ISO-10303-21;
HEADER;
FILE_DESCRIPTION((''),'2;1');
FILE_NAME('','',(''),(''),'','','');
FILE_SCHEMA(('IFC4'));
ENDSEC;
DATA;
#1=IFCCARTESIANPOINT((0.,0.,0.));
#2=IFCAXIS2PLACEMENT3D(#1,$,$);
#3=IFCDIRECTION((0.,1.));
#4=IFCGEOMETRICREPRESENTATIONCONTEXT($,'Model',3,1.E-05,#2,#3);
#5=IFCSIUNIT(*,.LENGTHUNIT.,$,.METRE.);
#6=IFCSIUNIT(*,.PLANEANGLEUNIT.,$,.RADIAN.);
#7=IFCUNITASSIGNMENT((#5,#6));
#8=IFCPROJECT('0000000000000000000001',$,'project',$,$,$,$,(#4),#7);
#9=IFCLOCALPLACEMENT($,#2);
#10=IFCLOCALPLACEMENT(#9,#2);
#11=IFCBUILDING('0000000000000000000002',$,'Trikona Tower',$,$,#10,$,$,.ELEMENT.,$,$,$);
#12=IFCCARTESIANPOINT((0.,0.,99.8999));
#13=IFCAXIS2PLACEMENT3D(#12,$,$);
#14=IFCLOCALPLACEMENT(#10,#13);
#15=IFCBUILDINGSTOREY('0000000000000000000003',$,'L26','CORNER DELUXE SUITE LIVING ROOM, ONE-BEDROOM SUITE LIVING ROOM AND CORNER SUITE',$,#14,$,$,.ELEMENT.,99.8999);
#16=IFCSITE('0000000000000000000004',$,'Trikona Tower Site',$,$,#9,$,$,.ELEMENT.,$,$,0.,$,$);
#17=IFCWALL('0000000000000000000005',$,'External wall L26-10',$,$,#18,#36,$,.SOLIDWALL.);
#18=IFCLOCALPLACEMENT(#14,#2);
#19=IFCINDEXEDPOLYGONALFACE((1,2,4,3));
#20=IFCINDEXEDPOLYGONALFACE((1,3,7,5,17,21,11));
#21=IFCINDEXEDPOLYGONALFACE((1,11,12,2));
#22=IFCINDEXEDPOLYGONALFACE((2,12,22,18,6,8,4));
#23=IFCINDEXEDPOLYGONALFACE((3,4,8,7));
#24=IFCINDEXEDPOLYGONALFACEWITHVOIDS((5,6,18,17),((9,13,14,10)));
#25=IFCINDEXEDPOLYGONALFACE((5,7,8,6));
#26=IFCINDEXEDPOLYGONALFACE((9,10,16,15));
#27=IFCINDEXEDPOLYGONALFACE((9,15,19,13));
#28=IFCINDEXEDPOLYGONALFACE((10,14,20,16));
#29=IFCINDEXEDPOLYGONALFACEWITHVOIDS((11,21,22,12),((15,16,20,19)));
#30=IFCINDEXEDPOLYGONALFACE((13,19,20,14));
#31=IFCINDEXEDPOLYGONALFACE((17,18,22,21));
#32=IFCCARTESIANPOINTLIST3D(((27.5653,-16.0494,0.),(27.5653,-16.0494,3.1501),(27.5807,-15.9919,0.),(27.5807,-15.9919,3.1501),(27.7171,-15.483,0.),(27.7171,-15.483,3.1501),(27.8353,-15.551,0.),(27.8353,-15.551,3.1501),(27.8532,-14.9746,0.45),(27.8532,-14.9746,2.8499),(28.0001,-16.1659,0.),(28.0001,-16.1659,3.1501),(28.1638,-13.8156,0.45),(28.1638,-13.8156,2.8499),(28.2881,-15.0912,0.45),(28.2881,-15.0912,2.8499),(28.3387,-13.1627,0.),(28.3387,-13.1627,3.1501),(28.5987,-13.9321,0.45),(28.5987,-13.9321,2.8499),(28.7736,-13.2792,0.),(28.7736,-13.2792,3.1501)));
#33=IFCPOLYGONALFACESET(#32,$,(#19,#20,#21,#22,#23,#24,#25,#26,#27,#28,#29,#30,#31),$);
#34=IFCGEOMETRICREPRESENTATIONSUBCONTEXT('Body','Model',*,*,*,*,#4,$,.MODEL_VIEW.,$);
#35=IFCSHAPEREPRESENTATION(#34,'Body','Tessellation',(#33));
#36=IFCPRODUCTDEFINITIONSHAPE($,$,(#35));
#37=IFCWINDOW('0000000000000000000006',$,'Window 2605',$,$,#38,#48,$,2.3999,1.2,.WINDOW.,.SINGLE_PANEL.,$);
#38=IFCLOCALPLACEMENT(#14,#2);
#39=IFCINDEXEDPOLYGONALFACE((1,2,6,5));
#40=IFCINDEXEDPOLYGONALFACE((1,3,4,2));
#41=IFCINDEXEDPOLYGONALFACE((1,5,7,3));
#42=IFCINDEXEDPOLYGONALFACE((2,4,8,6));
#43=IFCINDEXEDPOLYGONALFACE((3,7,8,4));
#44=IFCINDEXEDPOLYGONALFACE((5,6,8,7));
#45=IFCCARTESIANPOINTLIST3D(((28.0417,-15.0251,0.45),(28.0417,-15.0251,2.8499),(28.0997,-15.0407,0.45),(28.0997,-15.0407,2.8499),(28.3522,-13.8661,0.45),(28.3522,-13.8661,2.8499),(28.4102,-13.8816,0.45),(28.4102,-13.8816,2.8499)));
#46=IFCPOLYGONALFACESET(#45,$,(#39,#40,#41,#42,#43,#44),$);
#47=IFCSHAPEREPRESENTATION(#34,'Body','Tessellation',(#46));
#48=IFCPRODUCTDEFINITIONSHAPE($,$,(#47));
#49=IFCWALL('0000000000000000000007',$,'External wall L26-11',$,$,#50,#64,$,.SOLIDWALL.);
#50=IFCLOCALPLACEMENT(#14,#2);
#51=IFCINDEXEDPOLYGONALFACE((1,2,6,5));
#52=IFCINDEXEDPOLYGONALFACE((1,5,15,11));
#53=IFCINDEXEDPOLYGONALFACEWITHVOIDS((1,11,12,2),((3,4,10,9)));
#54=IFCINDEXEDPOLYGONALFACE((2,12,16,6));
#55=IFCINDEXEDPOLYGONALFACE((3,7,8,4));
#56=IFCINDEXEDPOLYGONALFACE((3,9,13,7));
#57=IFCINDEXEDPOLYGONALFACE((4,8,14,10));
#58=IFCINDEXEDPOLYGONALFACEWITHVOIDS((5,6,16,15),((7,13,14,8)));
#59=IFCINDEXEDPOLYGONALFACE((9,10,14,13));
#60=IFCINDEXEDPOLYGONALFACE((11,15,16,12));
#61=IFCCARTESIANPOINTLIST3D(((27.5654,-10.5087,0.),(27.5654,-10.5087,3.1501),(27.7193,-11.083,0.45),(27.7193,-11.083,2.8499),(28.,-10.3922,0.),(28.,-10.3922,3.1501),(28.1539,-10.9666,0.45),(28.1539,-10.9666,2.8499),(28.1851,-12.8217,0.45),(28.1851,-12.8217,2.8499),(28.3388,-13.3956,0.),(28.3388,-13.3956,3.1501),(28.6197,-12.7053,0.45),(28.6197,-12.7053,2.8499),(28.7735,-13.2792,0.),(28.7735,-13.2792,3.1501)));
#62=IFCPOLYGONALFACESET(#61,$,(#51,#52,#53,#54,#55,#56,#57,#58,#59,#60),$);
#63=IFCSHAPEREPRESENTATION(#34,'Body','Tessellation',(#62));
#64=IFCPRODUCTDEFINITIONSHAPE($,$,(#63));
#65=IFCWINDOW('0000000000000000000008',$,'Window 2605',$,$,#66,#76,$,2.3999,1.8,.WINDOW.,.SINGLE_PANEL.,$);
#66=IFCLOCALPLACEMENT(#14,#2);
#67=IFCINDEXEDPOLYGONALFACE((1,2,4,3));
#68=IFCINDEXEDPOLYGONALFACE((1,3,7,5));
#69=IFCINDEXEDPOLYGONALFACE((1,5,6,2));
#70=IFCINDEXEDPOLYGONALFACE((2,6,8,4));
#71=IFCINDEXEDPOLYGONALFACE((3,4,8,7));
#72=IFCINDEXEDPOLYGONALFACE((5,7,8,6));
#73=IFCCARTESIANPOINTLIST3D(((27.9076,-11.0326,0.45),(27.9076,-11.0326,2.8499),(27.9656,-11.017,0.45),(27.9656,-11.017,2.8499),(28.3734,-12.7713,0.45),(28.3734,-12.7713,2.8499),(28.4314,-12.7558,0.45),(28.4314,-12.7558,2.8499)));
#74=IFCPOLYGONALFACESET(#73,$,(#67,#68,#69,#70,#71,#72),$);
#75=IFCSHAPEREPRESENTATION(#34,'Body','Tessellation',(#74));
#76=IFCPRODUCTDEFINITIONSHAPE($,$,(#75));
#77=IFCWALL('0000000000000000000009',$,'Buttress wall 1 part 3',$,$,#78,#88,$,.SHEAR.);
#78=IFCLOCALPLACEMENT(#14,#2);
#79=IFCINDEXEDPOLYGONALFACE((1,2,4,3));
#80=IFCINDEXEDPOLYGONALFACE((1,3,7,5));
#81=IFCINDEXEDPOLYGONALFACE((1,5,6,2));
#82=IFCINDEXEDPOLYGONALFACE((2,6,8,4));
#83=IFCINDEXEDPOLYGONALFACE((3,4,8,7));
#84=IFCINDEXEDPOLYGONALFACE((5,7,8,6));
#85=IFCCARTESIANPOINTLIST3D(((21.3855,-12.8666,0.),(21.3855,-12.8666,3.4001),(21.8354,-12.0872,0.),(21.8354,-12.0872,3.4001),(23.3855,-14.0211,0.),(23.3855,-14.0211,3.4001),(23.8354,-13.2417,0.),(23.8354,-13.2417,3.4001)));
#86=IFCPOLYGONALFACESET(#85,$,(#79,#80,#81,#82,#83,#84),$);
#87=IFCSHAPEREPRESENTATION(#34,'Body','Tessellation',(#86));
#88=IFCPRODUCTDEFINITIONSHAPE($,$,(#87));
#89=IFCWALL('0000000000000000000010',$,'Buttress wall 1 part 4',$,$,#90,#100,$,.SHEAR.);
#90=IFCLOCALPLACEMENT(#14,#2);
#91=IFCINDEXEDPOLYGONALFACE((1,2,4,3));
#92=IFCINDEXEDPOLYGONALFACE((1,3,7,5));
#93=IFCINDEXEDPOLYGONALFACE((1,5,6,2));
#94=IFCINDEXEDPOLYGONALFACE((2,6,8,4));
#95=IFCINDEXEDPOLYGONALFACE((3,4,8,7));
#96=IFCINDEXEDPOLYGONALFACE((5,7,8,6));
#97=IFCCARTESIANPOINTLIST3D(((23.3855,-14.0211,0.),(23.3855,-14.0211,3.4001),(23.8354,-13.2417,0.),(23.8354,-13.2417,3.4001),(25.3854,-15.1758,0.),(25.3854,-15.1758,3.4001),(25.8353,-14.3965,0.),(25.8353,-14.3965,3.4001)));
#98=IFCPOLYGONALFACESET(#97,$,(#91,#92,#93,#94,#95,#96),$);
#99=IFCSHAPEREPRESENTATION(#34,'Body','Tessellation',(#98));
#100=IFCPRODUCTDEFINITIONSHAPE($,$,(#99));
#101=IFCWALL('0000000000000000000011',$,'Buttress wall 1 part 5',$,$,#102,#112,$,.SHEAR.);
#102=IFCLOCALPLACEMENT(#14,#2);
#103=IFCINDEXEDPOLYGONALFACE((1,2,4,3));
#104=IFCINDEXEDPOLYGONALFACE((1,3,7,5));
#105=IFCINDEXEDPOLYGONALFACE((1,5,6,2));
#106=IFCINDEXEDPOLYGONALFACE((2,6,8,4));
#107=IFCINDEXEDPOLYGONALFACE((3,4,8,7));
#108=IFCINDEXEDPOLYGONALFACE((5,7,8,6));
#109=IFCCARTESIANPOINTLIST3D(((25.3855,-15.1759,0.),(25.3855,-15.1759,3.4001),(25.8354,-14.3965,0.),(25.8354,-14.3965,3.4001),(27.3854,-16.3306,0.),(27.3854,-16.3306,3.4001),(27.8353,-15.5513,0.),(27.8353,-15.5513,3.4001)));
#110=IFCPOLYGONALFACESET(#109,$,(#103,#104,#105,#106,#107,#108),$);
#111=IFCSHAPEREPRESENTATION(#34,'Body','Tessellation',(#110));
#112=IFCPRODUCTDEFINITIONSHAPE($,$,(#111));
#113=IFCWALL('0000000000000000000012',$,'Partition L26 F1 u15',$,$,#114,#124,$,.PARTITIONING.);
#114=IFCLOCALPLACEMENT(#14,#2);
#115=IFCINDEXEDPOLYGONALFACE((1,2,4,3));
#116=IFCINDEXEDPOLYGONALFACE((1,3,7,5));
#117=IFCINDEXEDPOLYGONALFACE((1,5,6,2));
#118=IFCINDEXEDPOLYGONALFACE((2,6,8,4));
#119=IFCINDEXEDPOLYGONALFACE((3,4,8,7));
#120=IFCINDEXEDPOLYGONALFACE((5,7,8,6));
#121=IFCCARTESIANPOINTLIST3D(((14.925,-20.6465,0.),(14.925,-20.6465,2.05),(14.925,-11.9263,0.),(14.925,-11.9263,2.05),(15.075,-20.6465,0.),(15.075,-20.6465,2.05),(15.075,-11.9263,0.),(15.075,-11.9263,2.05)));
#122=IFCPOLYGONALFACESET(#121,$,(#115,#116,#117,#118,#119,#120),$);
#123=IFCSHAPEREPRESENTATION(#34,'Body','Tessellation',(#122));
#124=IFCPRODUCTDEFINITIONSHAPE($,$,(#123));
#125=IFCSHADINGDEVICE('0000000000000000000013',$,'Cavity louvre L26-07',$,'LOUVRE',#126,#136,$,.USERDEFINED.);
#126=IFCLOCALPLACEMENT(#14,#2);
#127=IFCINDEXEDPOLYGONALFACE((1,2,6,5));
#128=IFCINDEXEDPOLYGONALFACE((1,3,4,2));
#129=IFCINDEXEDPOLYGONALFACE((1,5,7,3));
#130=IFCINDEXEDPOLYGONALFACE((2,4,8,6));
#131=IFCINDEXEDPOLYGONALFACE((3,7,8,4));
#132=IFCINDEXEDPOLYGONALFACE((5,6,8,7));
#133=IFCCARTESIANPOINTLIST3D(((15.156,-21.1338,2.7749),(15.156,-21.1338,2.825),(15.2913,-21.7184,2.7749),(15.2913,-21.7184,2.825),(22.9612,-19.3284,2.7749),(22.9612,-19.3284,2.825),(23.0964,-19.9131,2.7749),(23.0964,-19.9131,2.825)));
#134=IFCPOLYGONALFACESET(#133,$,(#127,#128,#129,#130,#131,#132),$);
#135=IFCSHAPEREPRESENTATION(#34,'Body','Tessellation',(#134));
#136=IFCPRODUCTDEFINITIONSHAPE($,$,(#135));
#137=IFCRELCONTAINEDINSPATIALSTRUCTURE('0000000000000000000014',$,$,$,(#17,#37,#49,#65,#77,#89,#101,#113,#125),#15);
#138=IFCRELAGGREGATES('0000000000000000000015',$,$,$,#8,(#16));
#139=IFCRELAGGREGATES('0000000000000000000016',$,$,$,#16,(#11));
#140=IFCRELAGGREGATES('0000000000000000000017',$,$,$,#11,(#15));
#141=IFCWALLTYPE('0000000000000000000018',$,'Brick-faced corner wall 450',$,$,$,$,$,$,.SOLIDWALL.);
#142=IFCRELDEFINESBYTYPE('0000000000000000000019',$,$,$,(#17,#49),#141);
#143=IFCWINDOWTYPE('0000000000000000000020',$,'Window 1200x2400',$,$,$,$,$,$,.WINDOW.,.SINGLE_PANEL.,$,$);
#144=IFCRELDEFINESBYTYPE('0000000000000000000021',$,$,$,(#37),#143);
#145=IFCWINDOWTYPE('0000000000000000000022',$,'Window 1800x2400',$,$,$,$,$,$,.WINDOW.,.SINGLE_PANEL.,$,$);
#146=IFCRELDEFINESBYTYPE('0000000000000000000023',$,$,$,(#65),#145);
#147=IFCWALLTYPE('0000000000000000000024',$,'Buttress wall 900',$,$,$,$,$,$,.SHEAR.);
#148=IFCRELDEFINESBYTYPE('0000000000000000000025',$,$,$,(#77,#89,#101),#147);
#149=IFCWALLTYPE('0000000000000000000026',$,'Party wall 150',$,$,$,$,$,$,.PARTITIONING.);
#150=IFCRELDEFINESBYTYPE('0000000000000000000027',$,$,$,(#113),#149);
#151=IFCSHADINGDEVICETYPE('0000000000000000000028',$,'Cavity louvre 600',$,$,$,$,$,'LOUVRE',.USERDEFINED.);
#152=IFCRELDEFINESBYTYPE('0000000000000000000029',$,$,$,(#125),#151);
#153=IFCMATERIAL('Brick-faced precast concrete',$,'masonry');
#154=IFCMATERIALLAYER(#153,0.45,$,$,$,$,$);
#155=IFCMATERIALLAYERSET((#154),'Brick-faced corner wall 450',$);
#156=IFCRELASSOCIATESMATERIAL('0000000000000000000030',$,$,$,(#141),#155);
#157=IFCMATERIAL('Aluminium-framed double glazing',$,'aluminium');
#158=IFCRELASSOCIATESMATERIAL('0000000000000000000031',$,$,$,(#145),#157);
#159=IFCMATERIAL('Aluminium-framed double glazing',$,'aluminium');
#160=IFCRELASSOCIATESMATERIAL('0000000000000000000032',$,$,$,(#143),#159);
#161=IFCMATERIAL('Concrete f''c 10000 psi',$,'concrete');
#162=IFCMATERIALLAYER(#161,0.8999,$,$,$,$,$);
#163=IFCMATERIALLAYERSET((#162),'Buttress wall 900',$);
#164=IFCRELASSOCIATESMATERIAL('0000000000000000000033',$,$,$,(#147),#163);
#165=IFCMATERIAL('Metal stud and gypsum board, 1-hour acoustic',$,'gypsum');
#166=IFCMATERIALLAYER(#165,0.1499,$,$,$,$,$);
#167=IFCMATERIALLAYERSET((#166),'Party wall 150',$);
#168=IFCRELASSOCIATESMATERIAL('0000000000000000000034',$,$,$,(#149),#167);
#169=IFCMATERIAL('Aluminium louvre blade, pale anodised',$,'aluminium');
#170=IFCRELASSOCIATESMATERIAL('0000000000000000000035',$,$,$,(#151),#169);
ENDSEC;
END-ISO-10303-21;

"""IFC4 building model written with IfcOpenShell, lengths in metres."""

from ifc_helpers import new_model, si_unit, direction, frame, frame_2d, origin, origin_2d, place, context, subcontext, project, spatial, polyline, rectangle, outline, extrude, material, layer, layer_set, type_object, element, fill, save


model = new_model("IFC4")

# Units and contexts
model_context = context("Model", 3, precision=1e-05, world=origin(), true_north=direction((0.0, 1.0)))
body_context = subcontext(model_context, "Body", "Model", "MODEL_VIEW")
ifc_project = project(units=[si_unit("LENGTHUNIT", "METRE"), si_unit("PLANEANGLEUNIT", "RADIAN")], contexts=[model_context])

# Site, building, storey
site_placement = place(None, origin())
site = spatial("IfcSite", under=ifc_project, at=site_placement, Name="Trikona Tower Site", CompositionType="ELEMENT", RefElevation=0.0)
building_placement = place(site_placement, origin())
building = spatial("IfcBuilding", under=site, at=building_placement, Name="Trikona Tower", CompositionType="ELEMENT")
storey_placement = place(building_placement, frame((0.0, 0.0, 99.8999)))
storey = spatial("IfcBuildingStorey", under=building, at=storey_placement, Name="L26", Description="CORNER DELUXE SUITE LIVING ROOM, ONE-BEDROOM SUITE LIVING ROOM AND CORNER SUITE", CompositionType="ELEMENT", Elevation=99.8999)

# Walls, openings, windows
ifc_material_1 = material(Name="Brick-faced precast concrete", Category="masonry")
ifc_layer_1 = layer(ifc_material_1, 0.45)
ifc_layer_set_1 = layer_set([ifc_layer_1], Name="Brick-faced corner wall 450")
wall_type_1 = type_object("IfcWallType", Name="Brick-faced corner wall 450", PredefinedType="SOLIDWALL", material=ifc_layer_set_1)
ifc_material_2 = material(Name="Aluminium-framed double glazing", Category="aluminium")
window_type_1 = type_object("IfcWindowType", Name="Window 1800x2400", PartitioningType="SINGLE_PANEL", PredefinedType="WINDOW", material=ifc_material_2)
ifc_material_3 = material(Name="Aluminium-framed double glazing", Category="aluminium")
window_type_2 = type_object("IfcWindowType", Name="Window 1200x2400", PartitioningType="SINGLE_PANEL", PredefinedType="WINDOW", material=ifc_material_3)
wall_1_placement = place(storey_placement, frame((27.7827, -16.1077, 0.0), z_axis=(0.0, 0.0, 1.0), x_axis=(0.258801, 0.965931, 0.0)))
wall_1 = element("IfcWall", 1, at=wall_1_placement, inside=storey, type_object=wall_type_1, Name="External wall L26-10", PredefinedType="SOLIDWALL", context=body_context, shape_type="SweptSolid", body=[
    extrude(outline(polyline([(2.9885, 0.2251), (0.5864, 0.2251), (0.5513, 0.0933), (0.0596, 0.2251), (0.0, 0.2251), (0.0, -0.2251), (2.9885, -0.2251), (2.9885, 0.2251)])), origin(), (0.0, 0.0, 1.0), 3.1501),
])
opening_1_placement = place(wall_1_placement, frame((1.1125, 0.0, 0.45)))
opening_1 = element("IfcOpeningElement", 2, at=opening_1_placement, cuts=wall_1, PredefinedType="OPENING", context=body_context, shape_type="SweptSolid", body=[
    extrude(rectangle(XDim=1.2, YDim=2.3999, at=frame_2d((0.6001, 1.2))), frame((0.0, 0.2349, 0.0), z_axis=(0.0, -1.0, 0.0), x_axis=(1.0, 0.0, 0.0)), (0.0, 0.0, 1.0), 0.47),
])
window_1_placement = place(opening_1_placement, origin())
window_1 = element("IfcWindow", 3, at=window_1_placement, inside=storey, type_object=window_type_2, Name="Window 2605", OverallHeight=2.3999, OverallWidth=1.2, PartitioningType="SINGLE_PANEL", PredefinedType="WINDOW", context=body_context, shape_type="SweptSolid", body=[
    extrude(rectangle(XDim=1.2, YDim=2.3999, at=frame_2d((0.6001, 1.2))), frame((0.0, 0.03, 0.0), z_axis=(0.0, -1.0, 0.0), x_axis=(1.0, 0.0, 0.0)), (0.0, 0.0, 1.0), 0.0601),
])
fill(opening_1, window_1)
wall_2_placement = place(storey_placement, frame((28.5562, -13.3374, 0.0), z_axis=(0.0, 0.0, 1.0), x_axis=(-0.258781, 0.965936, 0.0)))
wall_2 = element("IfcWall", 4, at=wall_2_placement, inside=storey, type_object=wall_type_1, Name="External wall L26-11", PredefinedType="SOLIDWALL", context=body_context, shape_type="SweptSolid", body=[
    extrude(rectangle(XDim=2.9888, YDim=0.45, at=frame_2d((1.4944, 0.0))), origin(), (0.0, 0.0, 1.0), 3.1501),
])
opening_2_placement = place(wall_2_placement, frame((0.5942, 0.0, 0.45)))
opening_2 = element("IfcOpeningElement", 5, at=opening_2_placement, cuts=wall_2, PredefinedType="OPENING", context=body_context, shape_type="SweptSolid", body=[
    extrude(rectangle(XDim=1.8, YDim=2.3999, at=frame_2d((0.8999, 1.2))), frame((0.0, 0.2349, 0.0), z_axis=(0.0, -1.0, 0.0), x_axis=(1.0, 0.0, 0.0)), (0.0, 0.0, 1.0), 0.47),
])
window_2_placement = place(opening_2_placement, origin())
window_2 = element("IfcWindow", 6, at=window_2_placement, inside=storey, type_object=window_type_1, Name="Window 2605", OverallHeight=2.3999, OverallWidth=1.8, PartitioningType="SINGLE_PANEL", PredefinedType="WINDOW", context=body_context, shape_type="SweptSolid", body=[
    extrude(rectangle(XDim=1.8, YDim=2.3999, at=frame_2d((0.8999, 1.2))), frame((0.0, 0.03, 0.0), z_axis=(0.0, -1.0, 0.0), x_axis=(1.0, 0.0, 0.0)), (0.0, 0.0, 1.0), 0.0601),
])
fill(opening_2, window_2)

# Walls
ifc_material_4 = material(Name="Concrete f'c 10000 psi", Category="concrete")
ifc_layer_2 = layer(ifc_material_4, 0.8999)
ifc_layer_set_2 = layer_set([ifc_layer_2], Name="Buttress wall 900")
wall_type_2 = type_object("IfcWallType", Name="Buttress wall 900", PredefinedType="SHEAR", material=ifc_layer_set_2)
for number, where, z_axis, x_axis, name in (
    (7, (21.6104, -12.4768, 0.0), (0.0, 0.0, 1.0), (0.866055, -0.499948, 0.0), "Buttress wall 1 part 3"),
    (8, (23.6104, -13.6313, 0.0), (0.0, 0.0, 1.0), (0.86601, -0.500027, 0.0), "Buttress wall 1 part 4"),
    (9, (25.6104, -14.7861, 0.0), (0.0, 0.0, 1.0), (0.86601, -0.500027, 0.0), "Buttress wall 1 part 5"),
):
    element("IfcWall", number, at=place(storey_placement, frame(where, z_axis=z_axis, x_axis=x_axis)), inside=storey, type_object=wall_type_2, Name=name, PredefinedType="SHEAR", context=body_context, shape_type="SweptSolid", body=[
        extrude(rectangle(XDim=2.3093, YDim=0.8999, at=frame_2d((1.1548, 0.0))), origin(), (0.0, 0.0, 1.0), 3.4001),
    ])
ifc_material_5 = material(Name="Metal stud and gypsum board, 1-hour acoustic", Category="gypsum")
ifc_layer_3 = layer(ifc_material_5, 0.1499)
ifc_layer_set_3 = layer_set([ifc_layer_3], Name="Party wall 150")
wall_type_3 = type_object("IfcWallType", Name="Party wall 150", PredefinedType="PARTITIONING", material=ifc_layer_set_3)
wall_3_placement = place(storey_placement, frame((15.0, -11.9263, 0.0), z_axis=(0.0, 0.0, 1.0), x_axis=(0.0, -1.0, 0.0)))
element("IfcWall", 10, at=wall_3_placement, inside=storey, type_object=wall_type_3, Name="Partition L26 F1 u15", PredefinedType="PARTITIONING", context=body_context, shape_type="SweptSolid", body=[
    extrude(rectangle(XDim=8.7202, YDim=0.1499, at=frame_2d((4.3601, 0.0))), origin(), (0.0, 0.0, 1.0), 2.05),
])

# Shading device
ifc_material_6 = material(Name="Aluminium louvre blade, pale anodised", Category="aluminium")
shading_device_type = type_object("IfcShadingDeviceType", Name="Cavity louvre 600", ElementType="LOUVRE", PredefinedType="USERDEFINED", material=ifc_material_6)
shading_device_placement = place(storey_placement, frame((19.1262, -20.5234, 2.7749), z_axis=(0.0, 0.0, 1.0), x_axis=(0.974278, 0.225351, 0.0)))
element("IfcShadingDevice", 11, at=shading_device_placement, inside=storey, type_object=shading_device_type, Name="Cavity louvre L26-07", ObjectType="LOUVRE", PredefinedType="USERDEFINED", context=body_context, shape_type="SweptSolid", body=[
    extrude(rectangle(XDim=8.0112, YDim=0.6001, at=origin_2d()), origin(), (0.0, 0.0, 1.0), 0.05),
])

save(model, "model.ifc")
